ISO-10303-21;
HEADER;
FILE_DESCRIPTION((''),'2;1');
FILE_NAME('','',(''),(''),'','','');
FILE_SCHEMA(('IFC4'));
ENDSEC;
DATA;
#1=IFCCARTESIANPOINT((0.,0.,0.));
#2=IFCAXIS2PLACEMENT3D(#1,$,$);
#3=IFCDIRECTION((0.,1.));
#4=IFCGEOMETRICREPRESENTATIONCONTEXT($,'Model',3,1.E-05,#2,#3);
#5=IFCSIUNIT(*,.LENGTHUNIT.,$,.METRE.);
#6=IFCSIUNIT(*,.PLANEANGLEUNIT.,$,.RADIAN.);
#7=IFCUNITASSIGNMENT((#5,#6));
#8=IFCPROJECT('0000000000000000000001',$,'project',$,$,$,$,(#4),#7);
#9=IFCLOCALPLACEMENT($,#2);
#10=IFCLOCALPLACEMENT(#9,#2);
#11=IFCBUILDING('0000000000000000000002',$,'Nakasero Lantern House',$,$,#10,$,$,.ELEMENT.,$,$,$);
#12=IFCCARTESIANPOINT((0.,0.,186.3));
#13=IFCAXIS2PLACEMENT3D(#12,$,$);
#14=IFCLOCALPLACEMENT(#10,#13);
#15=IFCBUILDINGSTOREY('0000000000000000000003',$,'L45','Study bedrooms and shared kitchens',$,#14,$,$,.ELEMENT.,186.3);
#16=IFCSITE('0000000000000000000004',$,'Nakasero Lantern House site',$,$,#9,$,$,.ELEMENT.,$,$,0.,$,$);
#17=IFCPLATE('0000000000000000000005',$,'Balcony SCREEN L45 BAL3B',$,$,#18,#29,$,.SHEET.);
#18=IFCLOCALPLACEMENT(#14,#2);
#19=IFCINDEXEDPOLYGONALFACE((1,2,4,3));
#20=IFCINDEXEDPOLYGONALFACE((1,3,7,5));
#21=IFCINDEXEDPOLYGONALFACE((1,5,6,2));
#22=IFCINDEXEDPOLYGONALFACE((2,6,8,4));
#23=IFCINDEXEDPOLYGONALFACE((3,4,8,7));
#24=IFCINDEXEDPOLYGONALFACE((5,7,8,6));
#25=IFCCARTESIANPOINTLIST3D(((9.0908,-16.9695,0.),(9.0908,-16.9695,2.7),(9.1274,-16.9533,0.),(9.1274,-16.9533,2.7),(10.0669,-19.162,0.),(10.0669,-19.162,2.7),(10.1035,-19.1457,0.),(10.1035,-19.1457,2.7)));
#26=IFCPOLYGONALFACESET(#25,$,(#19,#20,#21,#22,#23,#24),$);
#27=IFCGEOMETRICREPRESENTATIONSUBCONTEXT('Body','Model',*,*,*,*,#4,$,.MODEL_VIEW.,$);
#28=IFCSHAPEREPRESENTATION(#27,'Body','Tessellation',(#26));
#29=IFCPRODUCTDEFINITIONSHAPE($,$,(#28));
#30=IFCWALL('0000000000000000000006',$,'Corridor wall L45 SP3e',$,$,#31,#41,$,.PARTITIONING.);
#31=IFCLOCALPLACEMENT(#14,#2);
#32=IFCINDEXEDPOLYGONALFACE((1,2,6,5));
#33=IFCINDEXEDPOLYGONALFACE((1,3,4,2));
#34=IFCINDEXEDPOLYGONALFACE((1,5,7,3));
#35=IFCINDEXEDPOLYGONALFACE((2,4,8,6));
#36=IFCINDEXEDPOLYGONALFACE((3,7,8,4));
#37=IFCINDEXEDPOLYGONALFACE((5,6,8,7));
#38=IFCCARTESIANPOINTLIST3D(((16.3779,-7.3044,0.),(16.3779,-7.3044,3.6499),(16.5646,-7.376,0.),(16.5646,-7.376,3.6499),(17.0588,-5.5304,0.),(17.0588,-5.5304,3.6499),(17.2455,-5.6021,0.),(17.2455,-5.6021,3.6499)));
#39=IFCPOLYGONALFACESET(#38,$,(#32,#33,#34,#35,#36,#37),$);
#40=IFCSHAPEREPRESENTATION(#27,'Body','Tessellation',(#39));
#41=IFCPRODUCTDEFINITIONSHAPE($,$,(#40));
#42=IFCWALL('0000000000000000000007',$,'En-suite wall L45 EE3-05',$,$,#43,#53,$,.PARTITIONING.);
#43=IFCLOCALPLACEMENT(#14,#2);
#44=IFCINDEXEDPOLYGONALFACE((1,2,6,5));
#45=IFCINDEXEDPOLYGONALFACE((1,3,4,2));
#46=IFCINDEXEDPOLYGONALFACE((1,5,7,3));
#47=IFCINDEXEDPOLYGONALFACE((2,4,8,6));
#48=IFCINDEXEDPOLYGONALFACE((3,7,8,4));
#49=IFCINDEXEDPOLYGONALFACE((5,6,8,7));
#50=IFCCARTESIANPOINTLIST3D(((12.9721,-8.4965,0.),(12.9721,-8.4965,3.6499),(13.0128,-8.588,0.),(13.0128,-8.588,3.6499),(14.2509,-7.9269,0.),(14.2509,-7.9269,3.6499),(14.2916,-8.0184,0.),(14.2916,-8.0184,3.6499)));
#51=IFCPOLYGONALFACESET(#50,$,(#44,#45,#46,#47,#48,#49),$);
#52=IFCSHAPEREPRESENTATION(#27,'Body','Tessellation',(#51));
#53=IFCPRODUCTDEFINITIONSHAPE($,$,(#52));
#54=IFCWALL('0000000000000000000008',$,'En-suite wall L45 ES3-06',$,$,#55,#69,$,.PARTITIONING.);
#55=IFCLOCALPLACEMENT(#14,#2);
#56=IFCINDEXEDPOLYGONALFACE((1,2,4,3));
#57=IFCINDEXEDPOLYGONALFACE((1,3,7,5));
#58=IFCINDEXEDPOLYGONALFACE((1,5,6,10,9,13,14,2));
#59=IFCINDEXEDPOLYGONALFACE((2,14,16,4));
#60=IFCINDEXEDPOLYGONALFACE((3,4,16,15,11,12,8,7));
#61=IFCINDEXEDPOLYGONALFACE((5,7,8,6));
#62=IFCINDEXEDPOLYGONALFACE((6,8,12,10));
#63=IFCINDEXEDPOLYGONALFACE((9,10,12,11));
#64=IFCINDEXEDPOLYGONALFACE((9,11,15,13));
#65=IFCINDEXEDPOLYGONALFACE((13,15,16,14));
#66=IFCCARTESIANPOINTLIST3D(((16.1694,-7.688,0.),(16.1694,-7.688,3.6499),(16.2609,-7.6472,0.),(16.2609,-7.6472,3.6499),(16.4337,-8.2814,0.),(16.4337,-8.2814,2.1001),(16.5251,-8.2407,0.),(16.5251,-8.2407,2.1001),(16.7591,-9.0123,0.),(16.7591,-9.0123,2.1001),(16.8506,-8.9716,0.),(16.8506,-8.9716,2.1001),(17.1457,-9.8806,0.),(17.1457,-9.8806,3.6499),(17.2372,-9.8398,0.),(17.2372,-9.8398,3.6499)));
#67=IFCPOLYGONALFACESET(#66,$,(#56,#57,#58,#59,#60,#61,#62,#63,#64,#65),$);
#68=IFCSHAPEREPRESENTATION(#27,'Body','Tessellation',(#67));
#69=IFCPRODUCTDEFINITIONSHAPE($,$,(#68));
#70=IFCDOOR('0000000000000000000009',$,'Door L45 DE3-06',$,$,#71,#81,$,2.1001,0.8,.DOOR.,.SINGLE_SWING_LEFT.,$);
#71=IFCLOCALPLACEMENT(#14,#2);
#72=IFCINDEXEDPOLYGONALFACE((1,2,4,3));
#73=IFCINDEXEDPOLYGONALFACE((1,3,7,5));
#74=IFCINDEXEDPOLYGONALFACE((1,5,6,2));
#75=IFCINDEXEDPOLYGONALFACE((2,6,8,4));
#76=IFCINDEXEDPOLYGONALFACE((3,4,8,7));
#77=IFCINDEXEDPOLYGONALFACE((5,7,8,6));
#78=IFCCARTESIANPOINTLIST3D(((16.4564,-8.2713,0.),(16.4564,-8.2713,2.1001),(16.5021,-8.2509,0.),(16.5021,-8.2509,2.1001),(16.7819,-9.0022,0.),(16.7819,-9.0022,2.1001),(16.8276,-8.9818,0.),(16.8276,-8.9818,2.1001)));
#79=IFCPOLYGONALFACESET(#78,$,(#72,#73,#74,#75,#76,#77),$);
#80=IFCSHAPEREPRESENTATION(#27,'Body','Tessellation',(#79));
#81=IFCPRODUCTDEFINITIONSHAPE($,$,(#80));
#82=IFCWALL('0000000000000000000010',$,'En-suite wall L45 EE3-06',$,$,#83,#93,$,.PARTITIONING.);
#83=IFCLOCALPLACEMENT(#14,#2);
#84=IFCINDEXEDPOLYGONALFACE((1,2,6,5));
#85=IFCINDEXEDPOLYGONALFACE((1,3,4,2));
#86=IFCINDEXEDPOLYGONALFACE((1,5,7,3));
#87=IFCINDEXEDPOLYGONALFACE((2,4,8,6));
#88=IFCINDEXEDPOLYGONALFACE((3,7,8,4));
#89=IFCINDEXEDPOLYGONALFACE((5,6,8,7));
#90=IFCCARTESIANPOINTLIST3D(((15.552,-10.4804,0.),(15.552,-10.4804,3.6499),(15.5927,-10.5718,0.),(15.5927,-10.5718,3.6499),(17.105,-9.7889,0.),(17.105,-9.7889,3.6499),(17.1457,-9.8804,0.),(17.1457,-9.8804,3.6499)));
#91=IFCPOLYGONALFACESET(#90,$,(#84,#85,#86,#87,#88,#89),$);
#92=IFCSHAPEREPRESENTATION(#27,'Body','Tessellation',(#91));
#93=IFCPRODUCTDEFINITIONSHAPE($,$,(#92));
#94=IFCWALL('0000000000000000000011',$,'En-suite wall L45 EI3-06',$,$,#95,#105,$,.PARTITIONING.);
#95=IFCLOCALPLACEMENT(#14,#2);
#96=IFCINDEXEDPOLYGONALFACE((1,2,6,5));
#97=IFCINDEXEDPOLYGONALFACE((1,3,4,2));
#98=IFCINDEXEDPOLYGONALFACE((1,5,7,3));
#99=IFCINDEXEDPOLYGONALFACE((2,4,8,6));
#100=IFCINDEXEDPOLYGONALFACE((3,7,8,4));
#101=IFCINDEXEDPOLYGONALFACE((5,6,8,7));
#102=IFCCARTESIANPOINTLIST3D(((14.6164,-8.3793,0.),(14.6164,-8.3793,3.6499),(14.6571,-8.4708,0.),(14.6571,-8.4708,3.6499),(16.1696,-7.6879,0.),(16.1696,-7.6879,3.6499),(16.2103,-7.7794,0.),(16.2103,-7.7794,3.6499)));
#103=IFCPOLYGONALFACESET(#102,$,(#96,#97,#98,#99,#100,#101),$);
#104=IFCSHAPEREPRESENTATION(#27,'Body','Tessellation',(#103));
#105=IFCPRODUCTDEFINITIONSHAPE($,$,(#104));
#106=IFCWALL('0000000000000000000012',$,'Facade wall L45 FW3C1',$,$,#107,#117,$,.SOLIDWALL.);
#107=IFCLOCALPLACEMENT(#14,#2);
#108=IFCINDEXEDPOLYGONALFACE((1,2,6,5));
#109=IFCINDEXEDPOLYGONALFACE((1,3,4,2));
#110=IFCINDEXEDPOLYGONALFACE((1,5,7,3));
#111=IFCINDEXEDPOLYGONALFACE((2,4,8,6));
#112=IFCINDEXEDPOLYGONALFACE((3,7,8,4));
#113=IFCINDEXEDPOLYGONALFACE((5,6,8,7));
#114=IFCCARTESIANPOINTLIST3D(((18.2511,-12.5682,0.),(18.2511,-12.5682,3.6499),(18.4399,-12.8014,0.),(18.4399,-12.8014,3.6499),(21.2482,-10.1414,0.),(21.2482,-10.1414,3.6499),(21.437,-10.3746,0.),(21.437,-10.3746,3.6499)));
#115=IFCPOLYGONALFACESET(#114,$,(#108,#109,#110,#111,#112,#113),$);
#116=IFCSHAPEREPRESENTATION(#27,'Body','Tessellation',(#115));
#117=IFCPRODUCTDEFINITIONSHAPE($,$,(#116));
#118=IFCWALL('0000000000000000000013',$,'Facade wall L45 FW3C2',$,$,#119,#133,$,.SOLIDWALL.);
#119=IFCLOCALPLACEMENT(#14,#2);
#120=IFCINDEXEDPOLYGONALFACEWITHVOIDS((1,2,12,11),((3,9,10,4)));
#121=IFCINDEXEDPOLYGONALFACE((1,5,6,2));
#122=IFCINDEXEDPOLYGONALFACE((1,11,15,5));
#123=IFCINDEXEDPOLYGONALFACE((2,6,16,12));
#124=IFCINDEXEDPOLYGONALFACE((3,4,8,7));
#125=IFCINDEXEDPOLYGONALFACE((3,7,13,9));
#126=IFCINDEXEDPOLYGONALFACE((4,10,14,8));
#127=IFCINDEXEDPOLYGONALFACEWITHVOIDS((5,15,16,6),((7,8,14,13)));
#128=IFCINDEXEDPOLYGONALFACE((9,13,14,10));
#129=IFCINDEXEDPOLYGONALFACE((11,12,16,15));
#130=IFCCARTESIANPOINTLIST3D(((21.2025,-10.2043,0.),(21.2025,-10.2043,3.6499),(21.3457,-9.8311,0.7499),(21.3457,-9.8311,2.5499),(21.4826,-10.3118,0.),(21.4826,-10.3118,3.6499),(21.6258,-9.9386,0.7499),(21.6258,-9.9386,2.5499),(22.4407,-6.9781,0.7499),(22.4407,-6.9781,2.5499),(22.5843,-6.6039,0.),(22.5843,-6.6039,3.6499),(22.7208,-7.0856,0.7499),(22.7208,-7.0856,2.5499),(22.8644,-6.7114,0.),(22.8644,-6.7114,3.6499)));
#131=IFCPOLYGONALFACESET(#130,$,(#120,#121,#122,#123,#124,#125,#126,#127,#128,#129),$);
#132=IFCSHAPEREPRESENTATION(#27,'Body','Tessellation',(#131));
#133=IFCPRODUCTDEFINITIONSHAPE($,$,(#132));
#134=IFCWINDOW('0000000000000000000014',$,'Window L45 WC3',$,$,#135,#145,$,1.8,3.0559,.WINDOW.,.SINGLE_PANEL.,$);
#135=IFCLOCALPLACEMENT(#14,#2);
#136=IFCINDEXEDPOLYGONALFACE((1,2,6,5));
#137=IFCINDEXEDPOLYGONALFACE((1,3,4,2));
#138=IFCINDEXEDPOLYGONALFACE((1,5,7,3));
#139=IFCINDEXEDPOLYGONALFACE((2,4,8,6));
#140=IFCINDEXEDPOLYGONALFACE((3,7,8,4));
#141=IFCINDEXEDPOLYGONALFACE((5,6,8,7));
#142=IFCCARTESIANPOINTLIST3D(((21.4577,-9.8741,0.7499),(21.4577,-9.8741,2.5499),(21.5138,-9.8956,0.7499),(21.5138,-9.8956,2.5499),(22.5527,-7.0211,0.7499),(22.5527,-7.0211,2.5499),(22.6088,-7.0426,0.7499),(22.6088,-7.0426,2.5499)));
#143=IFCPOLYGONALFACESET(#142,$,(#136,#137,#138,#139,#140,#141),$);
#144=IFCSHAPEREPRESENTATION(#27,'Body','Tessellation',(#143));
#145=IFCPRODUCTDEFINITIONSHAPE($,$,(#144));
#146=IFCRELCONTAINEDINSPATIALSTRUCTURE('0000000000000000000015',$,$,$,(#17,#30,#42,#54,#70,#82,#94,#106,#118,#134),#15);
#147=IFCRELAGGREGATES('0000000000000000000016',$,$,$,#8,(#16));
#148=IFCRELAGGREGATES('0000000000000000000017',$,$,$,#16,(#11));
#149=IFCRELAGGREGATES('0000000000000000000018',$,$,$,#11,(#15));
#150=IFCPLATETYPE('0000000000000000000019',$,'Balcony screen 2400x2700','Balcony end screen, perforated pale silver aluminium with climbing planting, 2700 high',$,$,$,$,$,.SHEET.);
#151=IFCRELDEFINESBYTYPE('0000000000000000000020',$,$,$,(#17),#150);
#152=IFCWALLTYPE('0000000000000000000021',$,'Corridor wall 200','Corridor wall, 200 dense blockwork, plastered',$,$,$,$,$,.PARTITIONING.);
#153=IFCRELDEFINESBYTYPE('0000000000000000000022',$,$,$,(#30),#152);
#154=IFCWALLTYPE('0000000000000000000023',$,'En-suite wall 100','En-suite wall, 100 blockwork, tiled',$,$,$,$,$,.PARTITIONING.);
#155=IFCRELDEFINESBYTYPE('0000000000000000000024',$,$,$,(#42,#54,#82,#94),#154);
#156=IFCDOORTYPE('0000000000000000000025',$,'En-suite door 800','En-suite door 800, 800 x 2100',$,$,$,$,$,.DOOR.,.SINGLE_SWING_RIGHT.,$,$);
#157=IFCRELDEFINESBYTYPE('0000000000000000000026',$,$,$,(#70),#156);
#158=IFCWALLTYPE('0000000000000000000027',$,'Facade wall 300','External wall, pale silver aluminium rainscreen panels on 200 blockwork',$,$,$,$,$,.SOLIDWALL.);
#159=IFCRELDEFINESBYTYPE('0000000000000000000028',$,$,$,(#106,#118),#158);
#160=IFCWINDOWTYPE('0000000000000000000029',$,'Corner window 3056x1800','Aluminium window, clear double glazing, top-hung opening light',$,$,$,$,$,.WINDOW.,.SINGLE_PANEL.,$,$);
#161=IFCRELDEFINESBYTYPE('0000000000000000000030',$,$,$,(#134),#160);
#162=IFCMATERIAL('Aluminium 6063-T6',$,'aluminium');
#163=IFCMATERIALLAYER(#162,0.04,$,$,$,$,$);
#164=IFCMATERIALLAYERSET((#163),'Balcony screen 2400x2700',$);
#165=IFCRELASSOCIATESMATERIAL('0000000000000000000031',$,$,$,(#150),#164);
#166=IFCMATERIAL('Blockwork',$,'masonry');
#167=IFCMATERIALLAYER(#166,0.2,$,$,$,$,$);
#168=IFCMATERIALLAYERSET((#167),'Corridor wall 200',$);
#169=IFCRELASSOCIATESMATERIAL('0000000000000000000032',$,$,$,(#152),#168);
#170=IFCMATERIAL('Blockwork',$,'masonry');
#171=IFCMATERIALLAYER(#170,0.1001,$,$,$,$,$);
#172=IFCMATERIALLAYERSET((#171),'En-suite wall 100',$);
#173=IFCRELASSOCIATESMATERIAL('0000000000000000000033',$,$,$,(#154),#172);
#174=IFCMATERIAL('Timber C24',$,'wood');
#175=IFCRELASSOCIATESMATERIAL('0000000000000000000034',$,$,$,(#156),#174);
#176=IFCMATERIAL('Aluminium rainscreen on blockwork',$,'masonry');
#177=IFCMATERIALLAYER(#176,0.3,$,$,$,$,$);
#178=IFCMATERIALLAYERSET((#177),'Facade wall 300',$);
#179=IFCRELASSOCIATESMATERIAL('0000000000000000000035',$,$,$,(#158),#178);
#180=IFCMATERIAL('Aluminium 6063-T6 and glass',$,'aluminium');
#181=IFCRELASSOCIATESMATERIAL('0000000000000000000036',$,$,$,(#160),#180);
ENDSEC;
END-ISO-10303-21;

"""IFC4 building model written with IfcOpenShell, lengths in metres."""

from ifc_helpers import new_model, si_unit, direction, frame, frame_2d, origin, origin_2d, place, context, subcontext, project, spatial, rectangle, extrude, material, layer, layer_set, type_object, element, fill, save


model = new_model("IFC4")

# Units and contexts
model_context = context("Model", 3, precision=1e-05, world=origin(), true_north=direction((0.0, 1.0)))
body_context = subcontext(model_context, "Body", "Model", "MODEL_VIEW")
ifc_project = project(units=[si_unit("LENGTHUNIT", "METRE"), si_unit("PLANEANGLEUNIT", "RADIAN")], contexts=[model_context])

# Site, building, storey
site_placement = place(None, origin())
site = spatial("IfcSite", under=ifc_project, at=site_placement, Name="Nakasero Lantern House site", CompositionType="ELEMENT", RefElevation=0.0)
building_placement = place(site_placement, origin())
building = spatial("IfcBuilding", under=site, at=building_placement, Name="Nakasero Lantern House", CompositionType="ELEMENT")
storey_placement = place(building_placement, frame((0.0, 0.0, 186.3)))
storey = spatial("IfcBuildingStorey", under=building, at=storey_placement, Name="L45", Description="Study bedrooms and shared kitchens", CompositionType="ELEMENT", Elevation=186.3)

# Plate
ifc_material_1 = material(Name="Aluminium 6063-T6", Category="aluminium")
ifc_layer_1 = layer(ifc_material_1, 0.04)
ifc_layer_set_1 = layer_set([ifc_layer_1], Name="Balcony screen 2400x2700")
plate_type = type_object("IfcPlateType", Name="Balcony screen 2400x2700", Description="Balcony end screen, perforated pale silver aluminium with climbing planting, 2700 high", PredefinedType="SHEET", material=ifc_layer_set_1)
plate_placement = place(storey_placement, frame((9.5972, -18.0576, 0.0), z_axis=(0.0, 0.0, 1.0), x_axis=(0.406737, -0.913545, 0.0)))
element("IfcPlate", 1, at=plate_placement, inside=storey, type_object=plate_type, Name="Balcony SCREEN L45 BAL3B", PredefinedType="SHEET", context=body_context, shape_type="SweptSolid", body=[
    extrude(rectangle(XDim=2.3999, YDim=0.04, at=origin_2d()), origin(), (0.0, 0.0, 1.0), 2.7),
])

# Walls
ifc_material_2 = material(Name="Blockwork", Category="masonry")
ifc_layer_2 = layer(ifc_material_2, 0.2)
ifc_layer_set_2 = layer_set([ifc_layer_2], Name="Corridor wall 200")
wall_type_1 = type_object("IfcWallType", Name="Corridor wall 200", Description="Corridor wall, 200 dense blockwork, plastered", PredefinedType="PARTITIONING", material=ifc_layer_set_2)
wall_1_placement = place(storey_placement, frame((16.4712, -7.3403, 0.0), z_axis=(0.0, 0.0, 1.0), x_axis=(0.35835, 0.933587, 0.0)))
element("IfcWall", 2, at=wall_1_placement, inside=storey, type_object=wall_type_1, Name="Corridor wall L45 SP3e", PredefinedType="PARTITIONING", context=body_context, shape_type="SweptSolid", body=[
    extrude(rectangle(XDim=1.9001, YDim=0.2, at=frame_2d((0.9502, 0.0))), origin(), (0.0, 0.0, 1.0), 3.6499),
])
ifc_material_3 = material(Name="Blockwork", Category="masonry")
ifc_layer_3 = layer(ifc_material_3, 0.1001)
ifc_layer_set_3 = layer_set([ifc_layer_3], Name="En-suite wall 100")
wall_type_2 = type_object("IfcWallType", Name="En-suite wall 100", Description="En-suite wall, 100 blockwork, tiled", PredefinedType="PARTITIONING", material=ifc_layer_set_3)
wall_2_placement = place(storey_placement, frame((12.9924, -8.5422, 0.0), z_axis=(0.0, 0.0, 1.0), x_axis=(0.913488, 0.406866, 0.0)))
element("IfcWall", 3, at=wall_2_placement, inside=storey, type_object=wall_type_2, Name="En-suite wall L45 EE3-05", PredefinedType="PARTITIONING", context=body_context, shape_type="SweptSolid", body=[
    extrude(rectangle(XDim=1.3999, YDim=0.1001, at=frame_2d((0.7, 0.0))), origin(), (0.0, 0.0, 1.0), 3.6499),
])

# Wall, opening, door
wall_3_placement = place(storey_placement, frame((16.2151, -7.6675, 0.0), z_axis=(0.0, 0.0, 1.0), x_axis=(0.406771, -0.91353, 0.0)))
wall_3 = element("IfcWall", 4, at=wall_3_placement, inside=storey, type_object=wall_type_2, Name="En-suite wall L45 ES3-06", PredefinedType="PARTITIONING", context=body_context, shape_type="SweptSolid", body=[
    extrude(rectangle(XDim=2.4001, YDim=0.1001, at=frame_2d((1.2002, 0.0))), origin(), (0.0, 0.0, 1.0), 3.6499),
])
opening_1_placement = place(wall_3_placement, frame((0.6499, 0.0, 0.0)))
opening_1 = element("IfcOpeningElement", 5, at=opening_1_placement, cuts=wall_3, PredefinedType="OPENING", context=body_context, shape_type="SweptSolid", body=[
    extrude(rectangle(XDim=0.8, YDim=2.1001, at=frame_2d((0.3999, 1.05))), frame((0.0, 0.0701, 0.0), z_axis=(0.0, -1.0, 0.0), x_axis=(1.0, 0.0, 0.0)), (0.0, 0.0, 1.0), 0.1401),
])
ifc_material_4 = material(Name="Timber C24", Category="wood")
door_type = type_object("IfcDoorType", Name="En-suite door 800", Description="En-suite door 800, 800 x 2100", OperationType="SINGLE_SWING_RIGHT", PredefinedType="DOOR", material=ifc_material_4)
door_placement = place(opening_1_placement, origin())
door = element("IfcDoor", 6, at=door_placement, inside=storey, type_object=door_type, Name="Door L45 DE3-06", OperationType="SINGLE_SWING_LEFT", OverallHeight=2.1001, OverallWidth=0.8, PredefinedType="DOOR", context=body_context, shape_type="SweptSolid", body=[
    extrude(rectangle(XDim=0.8, YDim=2.1001, at=frame_2d((0.3999, 1.05))), frame((0.0, 0.0249, 0.0), z_axis=(0.0, -1.0, 0.0), x_axis=(1.0, 0.0, 0.0)), (0.0, 0.0, 1.0), 0.05),
])
fill(opening_1, door)

# Walls
wall_4_placement = place(storey_placement, frame((15.5723, -10.5261, 0.0), z_axis=(0.0, 0.0, 1.0), x_axis=(0.913551, 0.406725, 0.0)))
element("IfcWall", 7, at=wall_4_placement, inside=storey, type_object=wall_type_2, Name="En-suite wall L45 EE3-06", PredefinedType="PARTITIONING", context=body_context, shape_type="SweptSolid", body=[
    extrude(rectangle(XDim=1.7, YDim=0.1001, at=frame_2d((0.8501, 0.0))), origin(), (0.0, 0.0, 1.0), 3.6499),
])
wall_5_placement = place(storey_placement, frame((14.6367, -8.425, 0.0), z_axis=(0.0, 0.0, 1.0), x_axis=(0.913575, 0.406671, 0.0)))
element("IfcWall", 8, at=wall_5_placement, inside=storey, type_object=wall_type_2, Name="En-suite wall L45 EI3-06", PredefinedType="PARTITIONING", context=body_context, shape_type="SweptSolid", body=[
    extrude(rectangle(XDim=1.7002, YDim=0.1001, at=frame_2d((0.8501, 0.0))), origin(), (0.0, 0.0, 1.0), 3.6499),
])
ifc_material_5 = material(Name="Aluminium rainscreen on blockwork", Category="masonry")
ifc_layer_4 = layer(ifc_material_5, 0.3)
ifc_layer_set_4 = layer_set([ifc_layer_4], Name="Facade wall 300")
wall_type_3 = type_object("IfcWallType", Name="Facade wall 300", Description="External wall, pale silver aluminium rainscreen panels on 200 blockwork", PredefinedType="SOLIDWALL", material=ifc_layer_set_4)
wall_6_placement = place(storey_placement, frame((18.3455, -12.6848, 0.0), z_axis=(0.0, 0.0, 1.0), x_axis=(0.777174, 0.629286, 0.0)))
element("IfcWall", 9, at=wall_6_placement, inside=storey, type_object=wall_type_3, Name="Facade wall L45 FW3C1", PredefinedType="SOLIDWALL", context=body_context, shape_type="SweptSolid", body=[
    extrude(rectangle(XDim=3.8564, YDim=0.3, at=frame_2d((1.9282, 0.0))), origin(), (0.0, 0.0, 1.0), 3.6499),
])

# Wall, opening, window
wall_7_placement = place(storey_placement, frame((21.3425, -10.2581, 0.0), z_axis=(0.0, 0.0, 1.0), x_axis=(0.358321, 0.933598, 0.0)))
wall_7 = element("IfcWall", 10, at=wall_7_placement, inside=storey, type_object=wall_type_3, Name="Facade wall L45 FW3C2", PredefinedType="SOLIDWALL", context=body_context, shape_type="SweptSolid", body=[
    extrude(rectangle(XDim=3.8564, YDim=0.3, at=frame_2d((1.9282, 0.0))), origin(), (0.0, 0.0, 1.0), 3.6499),
])
opening_2_placement = place(wall_7_placement, frame((0.3999, 0.0, 0.75)))
opening_2 = element("IfcOpeningElement", 11, at=opening_2_placement, cuts=wall_7, PredefinedType="OPENING", context=body_context, shape_type="SweptSolid", body=[
    extrude(rectangle(XDim=3.0559, YDim=1.8, at=frame_2d((1.5278, 0.8999))), frame((0.0, 0.1699, 0.0), z_axis=(0.0, -1.0, 0.0), x_axis=(1.0, 0.0, 0.0)), (0.0, 0.0, 1.0), 0.3401),
])
ifc_material_6 = material(Name="Aluminium 6063-T6 and glass", Category="aluminium")
window_type = type_object("IfcWindowType", Name="Corner window 3056x1800", Description="Aluminium window, clear double glazing, top-hung opening light", PartitioningType="SINGLE_PANEL", PredefinedType="WINDOW", material=ifc_material_6)
window_placement = place(opening_2_placement, origin())
window = element("IfcWindow", 12, at=window_placement, inside=storey, type_object=window_type, Name="Window L45 WC3", OverallHeight=1.8, OverallWidth=3.0559, PartitioningType="SINGLE_PANEL", PredefinedType="WINDOW", context=body_context, shape_type="SweptSolid", body=[
    extrude(rectangle(XDim=3.0559, YDim=1.8, at=frame_2d((1.5278, 0.8999))), frame((0.0, 0.03, 0.0), z_axis=(0.0, -1.0, 0.0), x_axis=(1.0, 0.0, 0.0)), (0.0, 0.0, 1.0), 0.0601),
])
fill(opening_2, window)

save(model, "model.ifc")
